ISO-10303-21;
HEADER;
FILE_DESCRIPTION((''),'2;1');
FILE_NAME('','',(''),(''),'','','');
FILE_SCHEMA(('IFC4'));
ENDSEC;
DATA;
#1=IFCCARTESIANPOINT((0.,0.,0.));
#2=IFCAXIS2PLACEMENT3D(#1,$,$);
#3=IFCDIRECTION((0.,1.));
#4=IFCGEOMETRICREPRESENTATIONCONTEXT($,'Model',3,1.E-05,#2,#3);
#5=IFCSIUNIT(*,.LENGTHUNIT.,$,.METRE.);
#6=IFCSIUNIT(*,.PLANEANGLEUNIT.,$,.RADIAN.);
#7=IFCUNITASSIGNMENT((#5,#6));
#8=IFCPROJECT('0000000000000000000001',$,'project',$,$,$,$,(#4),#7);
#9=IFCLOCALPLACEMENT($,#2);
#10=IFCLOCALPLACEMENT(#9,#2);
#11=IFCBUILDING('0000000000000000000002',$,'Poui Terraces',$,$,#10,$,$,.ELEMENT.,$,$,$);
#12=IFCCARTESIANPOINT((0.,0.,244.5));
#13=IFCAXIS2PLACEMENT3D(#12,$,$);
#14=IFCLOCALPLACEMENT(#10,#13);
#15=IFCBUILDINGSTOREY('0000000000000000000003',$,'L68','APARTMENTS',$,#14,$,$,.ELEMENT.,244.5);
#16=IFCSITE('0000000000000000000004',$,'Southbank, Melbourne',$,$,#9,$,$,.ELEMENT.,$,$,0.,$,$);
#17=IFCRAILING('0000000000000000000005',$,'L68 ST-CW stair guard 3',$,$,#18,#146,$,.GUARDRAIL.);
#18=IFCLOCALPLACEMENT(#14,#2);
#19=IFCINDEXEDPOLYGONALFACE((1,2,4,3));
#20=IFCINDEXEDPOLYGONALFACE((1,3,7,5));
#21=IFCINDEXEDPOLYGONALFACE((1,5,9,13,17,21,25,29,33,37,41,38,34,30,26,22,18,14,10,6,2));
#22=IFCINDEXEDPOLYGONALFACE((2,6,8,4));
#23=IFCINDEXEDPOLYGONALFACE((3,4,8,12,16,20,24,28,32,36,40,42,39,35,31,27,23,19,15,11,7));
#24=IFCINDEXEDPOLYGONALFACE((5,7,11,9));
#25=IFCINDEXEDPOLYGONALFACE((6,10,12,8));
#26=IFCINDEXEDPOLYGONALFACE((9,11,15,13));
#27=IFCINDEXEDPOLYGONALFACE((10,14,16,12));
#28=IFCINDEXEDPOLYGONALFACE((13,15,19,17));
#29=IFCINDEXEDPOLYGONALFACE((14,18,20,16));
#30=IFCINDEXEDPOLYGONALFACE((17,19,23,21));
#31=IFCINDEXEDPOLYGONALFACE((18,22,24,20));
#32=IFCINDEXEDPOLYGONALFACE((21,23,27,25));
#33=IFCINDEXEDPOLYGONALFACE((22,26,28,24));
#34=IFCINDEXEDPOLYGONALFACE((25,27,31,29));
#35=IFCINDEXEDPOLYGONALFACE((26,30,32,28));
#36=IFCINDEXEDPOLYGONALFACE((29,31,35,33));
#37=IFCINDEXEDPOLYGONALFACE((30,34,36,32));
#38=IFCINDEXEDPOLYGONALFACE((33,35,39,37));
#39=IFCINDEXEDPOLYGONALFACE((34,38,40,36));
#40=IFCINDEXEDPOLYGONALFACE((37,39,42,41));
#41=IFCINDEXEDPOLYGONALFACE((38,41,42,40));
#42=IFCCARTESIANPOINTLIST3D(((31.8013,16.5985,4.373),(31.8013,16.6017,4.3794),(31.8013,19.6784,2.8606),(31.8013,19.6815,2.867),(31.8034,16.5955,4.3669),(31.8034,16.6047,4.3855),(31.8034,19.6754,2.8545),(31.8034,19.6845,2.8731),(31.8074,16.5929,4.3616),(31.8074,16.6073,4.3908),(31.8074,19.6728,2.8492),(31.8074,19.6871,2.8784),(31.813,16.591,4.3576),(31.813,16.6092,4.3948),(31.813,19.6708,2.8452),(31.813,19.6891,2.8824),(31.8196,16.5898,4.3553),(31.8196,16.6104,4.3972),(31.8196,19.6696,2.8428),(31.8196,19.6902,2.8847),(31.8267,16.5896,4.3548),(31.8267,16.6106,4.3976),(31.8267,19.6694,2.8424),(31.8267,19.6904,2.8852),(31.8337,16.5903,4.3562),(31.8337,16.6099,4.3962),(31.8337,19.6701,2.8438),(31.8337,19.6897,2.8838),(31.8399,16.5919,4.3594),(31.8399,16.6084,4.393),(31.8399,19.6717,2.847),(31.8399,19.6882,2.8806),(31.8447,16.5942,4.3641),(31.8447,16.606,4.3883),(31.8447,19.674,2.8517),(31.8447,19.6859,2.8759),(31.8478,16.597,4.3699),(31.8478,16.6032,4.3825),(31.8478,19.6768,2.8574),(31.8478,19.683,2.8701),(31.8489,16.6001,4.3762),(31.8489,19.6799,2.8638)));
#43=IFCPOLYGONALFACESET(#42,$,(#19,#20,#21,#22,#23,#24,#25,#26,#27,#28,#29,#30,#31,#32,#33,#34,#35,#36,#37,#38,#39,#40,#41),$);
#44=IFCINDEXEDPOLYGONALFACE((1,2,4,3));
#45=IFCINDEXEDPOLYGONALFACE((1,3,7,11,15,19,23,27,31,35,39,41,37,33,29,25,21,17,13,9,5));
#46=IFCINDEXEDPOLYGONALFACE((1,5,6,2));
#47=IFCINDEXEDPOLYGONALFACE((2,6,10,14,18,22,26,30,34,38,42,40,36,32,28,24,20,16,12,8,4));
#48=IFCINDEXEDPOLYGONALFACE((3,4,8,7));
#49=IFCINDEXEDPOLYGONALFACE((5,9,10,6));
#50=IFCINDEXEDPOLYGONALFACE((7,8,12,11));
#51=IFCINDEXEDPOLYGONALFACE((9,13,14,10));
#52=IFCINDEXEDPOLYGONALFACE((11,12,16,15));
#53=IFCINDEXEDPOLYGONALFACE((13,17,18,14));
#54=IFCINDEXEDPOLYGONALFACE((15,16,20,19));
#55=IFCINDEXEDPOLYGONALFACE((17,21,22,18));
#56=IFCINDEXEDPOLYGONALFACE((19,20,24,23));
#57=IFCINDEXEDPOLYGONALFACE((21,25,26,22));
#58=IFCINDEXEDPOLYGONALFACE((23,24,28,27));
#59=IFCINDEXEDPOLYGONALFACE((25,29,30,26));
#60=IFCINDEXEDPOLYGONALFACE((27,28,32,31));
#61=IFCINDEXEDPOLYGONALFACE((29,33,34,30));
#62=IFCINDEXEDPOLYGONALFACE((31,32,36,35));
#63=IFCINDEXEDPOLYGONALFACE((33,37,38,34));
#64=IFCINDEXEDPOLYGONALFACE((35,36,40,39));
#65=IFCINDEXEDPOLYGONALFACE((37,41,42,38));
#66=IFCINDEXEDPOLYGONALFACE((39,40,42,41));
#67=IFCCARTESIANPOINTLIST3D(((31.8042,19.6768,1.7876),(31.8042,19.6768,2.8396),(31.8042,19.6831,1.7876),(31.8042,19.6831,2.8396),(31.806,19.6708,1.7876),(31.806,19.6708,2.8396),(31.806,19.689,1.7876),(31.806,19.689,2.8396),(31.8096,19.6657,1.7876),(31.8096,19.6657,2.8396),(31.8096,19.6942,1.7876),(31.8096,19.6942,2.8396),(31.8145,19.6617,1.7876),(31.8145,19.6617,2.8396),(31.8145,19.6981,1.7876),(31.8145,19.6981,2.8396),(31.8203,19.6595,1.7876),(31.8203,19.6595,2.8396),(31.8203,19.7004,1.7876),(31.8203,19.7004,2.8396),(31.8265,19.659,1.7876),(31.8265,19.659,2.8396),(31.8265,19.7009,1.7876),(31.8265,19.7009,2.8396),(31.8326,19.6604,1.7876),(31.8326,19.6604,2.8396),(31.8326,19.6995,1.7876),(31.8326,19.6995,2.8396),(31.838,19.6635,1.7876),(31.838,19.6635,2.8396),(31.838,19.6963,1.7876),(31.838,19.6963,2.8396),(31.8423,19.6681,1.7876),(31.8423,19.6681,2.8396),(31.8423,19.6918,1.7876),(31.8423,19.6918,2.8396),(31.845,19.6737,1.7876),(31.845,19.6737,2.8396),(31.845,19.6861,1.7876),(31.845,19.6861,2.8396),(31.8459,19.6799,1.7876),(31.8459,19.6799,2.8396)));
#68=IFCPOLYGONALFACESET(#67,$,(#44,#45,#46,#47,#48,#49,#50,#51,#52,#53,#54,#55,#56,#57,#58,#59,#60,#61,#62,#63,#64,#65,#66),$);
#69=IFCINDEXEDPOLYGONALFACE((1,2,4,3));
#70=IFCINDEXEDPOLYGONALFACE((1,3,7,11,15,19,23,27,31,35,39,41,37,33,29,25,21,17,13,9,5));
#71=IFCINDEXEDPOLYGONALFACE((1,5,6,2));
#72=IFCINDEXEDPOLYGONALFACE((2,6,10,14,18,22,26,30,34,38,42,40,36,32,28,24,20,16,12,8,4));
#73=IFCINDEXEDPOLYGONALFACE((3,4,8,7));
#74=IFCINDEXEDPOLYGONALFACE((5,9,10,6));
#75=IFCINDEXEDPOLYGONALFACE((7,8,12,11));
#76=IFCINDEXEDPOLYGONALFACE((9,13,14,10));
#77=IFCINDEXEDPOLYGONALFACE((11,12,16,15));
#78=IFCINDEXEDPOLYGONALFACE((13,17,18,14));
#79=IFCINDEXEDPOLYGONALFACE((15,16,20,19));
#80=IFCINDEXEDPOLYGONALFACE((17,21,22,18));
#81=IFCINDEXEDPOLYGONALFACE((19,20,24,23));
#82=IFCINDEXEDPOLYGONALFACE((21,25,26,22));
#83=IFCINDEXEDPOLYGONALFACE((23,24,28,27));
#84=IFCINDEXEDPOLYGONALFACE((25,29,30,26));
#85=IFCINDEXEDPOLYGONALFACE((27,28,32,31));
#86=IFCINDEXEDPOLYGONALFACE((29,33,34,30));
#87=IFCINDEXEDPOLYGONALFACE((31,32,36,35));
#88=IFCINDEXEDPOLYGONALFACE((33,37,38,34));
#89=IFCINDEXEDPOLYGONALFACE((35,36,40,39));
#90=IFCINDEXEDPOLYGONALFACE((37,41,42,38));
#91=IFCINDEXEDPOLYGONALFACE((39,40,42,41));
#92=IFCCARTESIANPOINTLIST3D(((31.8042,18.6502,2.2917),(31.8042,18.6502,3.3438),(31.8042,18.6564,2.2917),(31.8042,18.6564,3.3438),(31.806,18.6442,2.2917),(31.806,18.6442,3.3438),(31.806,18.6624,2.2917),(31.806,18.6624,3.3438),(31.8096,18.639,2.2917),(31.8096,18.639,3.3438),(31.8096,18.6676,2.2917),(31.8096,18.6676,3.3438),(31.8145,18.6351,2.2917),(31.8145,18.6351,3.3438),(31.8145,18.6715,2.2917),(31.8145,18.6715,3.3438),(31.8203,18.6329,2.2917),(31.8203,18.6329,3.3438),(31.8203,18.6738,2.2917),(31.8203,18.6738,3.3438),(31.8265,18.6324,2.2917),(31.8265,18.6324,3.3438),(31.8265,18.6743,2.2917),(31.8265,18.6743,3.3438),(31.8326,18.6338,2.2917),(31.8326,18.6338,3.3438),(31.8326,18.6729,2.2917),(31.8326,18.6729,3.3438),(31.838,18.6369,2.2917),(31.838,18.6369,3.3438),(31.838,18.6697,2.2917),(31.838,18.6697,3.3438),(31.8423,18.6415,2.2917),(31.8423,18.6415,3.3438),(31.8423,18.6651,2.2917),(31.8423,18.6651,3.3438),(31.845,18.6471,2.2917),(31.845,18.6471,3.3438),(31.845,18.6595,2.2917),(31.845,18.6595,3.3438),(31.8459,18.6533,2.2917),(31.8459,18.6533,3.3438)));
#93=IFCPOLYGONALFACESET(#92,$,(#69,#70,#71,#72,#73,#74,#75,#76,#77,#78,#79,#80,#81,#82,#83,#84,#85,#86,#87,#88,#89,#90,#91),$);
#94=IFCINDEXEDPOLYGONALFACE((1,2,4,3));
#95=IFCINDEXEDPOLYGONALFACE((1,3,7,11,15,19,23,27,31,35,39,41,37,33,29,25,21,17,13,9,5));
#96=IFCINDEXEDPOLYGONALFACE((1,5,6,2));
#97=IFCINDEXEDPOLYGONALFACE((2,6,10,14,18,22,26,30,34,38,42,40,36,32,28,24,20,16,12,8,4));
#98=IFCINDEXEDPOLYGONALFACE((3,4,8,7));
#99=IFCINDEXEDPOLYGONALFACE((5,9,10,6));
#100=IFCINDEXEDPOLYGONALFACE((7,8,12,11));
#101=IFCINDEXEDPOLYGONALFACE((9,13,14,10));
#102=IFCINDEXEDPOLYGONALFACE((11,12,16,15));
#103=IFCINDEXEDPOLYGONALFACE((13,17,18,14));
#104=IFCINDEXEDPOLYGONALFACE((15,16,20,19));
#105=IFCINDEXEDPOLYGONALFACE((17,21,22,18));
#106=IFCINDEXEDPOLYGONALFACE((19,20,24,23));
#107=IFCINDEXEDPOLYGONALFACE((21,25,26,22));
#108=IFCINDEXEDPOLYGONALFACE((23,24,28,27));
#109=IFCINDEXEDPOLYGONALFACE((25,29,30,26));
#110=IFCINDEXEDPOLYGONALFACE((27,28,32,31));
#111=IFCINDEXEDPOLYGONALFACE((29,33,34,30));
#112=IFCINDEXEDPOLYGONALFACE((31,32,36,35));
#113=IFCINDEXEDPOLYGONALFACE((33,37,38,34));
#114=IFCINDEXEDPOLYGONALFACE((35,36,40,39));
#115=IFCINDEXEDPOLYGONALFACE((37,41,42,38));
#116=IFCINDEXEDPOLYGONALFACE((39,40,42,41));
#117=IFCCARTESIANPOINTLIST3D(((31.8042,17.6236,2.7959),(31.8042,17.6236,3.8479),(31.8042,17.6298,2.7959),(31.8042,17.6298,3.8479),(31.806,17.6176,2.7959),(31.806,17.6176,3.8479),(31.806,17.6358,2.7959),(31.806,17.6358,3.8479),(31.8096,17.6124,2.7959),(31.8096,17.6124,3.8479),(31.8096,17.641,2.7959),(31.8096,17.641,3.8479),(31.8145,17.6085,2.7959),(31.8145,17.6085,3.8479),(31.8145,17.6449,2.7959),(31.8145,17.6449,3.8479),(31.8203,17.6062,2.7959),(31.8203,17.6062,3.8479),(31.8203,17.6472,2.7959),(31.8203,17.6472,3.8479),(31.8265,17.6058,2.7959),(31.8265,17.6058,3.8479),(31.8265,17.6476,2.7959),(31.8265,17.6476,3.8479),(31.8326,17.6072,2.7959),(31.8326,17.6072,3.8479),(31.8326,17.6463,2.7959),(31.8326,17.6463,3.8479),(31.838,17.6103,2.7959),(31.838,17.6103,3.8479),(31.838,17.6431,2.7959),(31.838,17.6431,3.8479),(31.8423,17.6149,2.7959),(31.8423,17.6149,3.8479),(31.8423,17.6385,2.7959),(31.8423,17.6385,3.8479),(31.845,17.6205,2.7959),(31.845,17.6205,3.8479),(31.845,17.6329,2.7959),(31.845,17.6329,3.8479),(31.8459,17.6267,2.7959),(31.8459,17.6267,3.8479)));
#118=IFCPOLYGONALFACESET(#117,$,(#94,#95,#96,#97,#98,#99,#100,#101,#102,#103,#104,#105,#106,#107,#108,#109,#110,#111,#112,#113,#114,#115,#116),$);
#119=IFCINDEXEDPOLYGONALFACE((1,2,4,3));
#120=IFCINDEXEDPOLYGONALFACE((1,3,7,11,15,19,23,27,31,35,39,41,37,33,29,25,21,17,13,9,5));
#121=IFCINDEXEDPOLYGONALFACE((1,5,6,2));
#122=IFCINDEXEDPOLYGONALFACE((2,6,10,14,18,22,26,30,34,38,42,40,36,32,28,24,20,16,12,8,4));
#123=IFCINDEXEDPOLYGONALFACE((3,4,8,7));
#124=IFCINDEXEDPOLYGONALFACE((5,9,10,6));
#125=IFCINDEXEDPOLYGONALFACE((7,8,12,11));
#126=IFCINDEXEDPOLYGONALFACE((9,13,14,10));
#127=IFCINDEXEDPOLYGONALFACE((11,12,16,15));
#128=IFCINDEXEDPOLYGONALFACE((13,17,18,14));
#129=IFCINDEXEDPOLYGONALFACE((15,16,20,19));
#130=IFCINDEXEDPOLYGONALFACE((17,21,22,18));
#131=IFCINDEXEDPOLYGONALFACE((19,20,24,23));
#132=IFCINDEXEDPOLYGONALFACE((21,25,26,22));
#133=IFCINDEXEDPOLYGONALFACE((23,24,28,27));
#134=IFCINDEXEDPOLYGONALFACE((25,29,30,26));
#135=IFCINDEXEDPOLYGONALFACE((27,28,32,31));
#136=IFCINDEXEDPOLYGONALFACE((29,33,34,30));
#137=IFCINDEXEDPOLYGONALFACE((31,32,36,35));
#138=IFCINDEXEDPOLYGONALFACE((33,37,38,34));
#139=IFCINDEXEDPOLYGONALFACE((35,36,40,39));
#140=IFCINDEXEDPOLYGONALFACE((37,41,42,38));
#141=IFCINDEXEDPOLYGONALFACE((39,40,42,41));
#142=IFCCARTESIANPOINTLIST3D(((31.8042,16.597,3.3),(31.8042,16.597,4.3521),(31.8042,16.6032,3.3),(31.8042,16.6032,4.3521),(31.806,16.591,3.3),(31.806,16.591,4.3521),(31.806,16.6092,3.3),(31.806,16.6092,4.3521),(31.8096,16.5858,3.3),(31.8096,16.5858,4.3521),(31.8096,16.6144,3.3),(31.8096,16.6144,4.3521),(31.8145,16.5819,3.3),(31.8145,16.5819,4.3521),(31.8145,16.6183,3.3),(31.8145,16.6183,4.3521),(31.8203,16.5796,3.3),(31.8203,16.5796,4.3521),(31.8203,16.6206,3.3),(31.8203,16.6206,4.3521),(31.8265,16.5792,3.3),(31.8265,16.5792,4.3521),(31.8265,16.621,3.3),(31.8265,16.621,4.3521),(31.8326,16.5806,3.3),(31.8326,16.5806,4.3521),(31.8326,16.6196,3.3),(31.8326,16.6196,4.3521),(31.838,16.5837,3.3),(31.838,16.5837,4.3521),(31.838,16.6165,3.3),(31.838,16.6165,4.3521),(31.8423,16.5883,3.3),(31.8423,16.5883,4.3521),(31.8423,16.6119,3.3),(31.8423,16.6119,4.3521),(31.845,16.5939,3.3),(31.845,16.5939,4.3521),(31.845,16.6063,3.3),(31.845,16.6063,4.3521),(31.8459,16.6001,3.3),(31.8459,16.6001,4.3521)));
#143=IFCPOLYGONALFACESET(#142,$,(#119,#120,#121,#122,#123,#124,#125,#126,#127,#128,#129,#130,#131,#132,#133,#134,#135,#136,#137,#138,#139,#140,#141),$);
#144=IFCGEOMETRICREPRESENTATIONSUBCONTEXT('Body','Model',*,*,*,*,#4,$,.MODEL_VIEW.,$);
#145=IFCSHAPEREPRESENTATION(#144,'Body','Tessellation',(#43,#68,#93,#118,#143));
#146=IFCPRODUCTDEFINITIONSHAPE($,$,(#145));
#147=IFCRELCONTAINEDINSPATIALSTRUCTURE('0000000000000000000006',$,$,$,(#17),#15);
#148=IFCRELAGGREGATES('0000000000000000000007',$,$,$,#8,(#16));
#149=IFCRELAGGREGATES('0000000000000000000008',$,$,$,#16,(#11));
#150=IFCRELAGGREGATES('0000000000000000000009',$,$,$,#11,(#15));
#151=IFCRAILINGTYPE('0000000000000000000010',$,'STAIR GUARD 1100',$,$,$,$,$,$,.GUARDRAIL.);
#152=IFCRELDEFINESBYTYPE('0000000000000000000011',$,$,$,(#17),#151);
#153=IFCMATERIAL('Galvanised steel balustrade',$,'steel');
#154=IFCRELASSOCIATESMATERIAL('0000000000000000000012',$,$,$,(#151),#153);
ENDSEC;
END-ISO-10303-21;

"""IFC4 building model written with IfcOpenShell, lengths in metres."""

from ifc_helpers import new_model, si_unit, direction, frame, origin, origin_2d, place, context, subcontext, project, spatial, circle, extrude, material, type_object, element, save


model = new_model("IFC4")

# Units and contexts
model_context = context("Model", 3, precision=1e-05, world=origin(), true_north=direction((0.0, 1.0)))
body_context = subcontext(model_context, "Body", "Model", "MODEL_VIEW")
ifc_project = project(units=[si_unit("LENGTHUNIT", "METRE"), si_unit("PLANEANGLEUNIT", "RADIAN")], contexts=[model_context])

# Site, building, storey
site_placement = place(None, origin())
site = spatial("IfcSite", under=ifc_project, at=site_placement, Name="Southbank, Melbourne", CompositionType="ELEMENT", RefElevation=0.0)
building_placement = place(site_placement, origin())
building = spatial("IfcBuilding", under=site, at=building_placement, Name="Poui Terraces", CompositionType="ELEMENT")
storey_placement = place(building_placement, frame((0.0, 0.0, 244.5)))
storey = spatial("IfcBuildingStorey", under=building, at=storey_placement, Name="L68", Description="APARTMENTS", CompositionType="ELEMENT", Elevation=244.5)

# Railing
ifc_material_1 = material(Name="Galvanised steel balustrade", Category="steel")
railing_type = type_object("IfcRailingType", Name="STAIR GUARD 1100", PredefinedType="GUARDRAIL", material=ifc_material_1)
railing_1_placement = place(storey_placement, frame((31.825, 19.6799, 1.7876)))
element("IfcRailing", 1, at=railing_1_placement, inside=storey, type_object=railing_type, Name="L68 ST-CW stair guard 3", PredefinedType="GUARDRAIL", context=body_context, shape_type="SweptSolid", body=[
    extrude(circle(Radius=0.0239, at=origin_2d()), frame((0.0, 0.0, 1.0762), z_axis=(0.0, -0.897606, 0.440798), x_axis=(1.0, 0.0, 0.0)), (0.0, 0.0, 1.0), 3.4312),
    extrude(circle(Radius=0.021, at=origin_2d()), origin(), (0.0, 0.0, 1.0), 1.052),
    extrude(circle(Radius=0.021, at=origin_2d()), frame((0.0, -1.0266, 0.5042)), (0.0, 0.0, 1.0), 1.052),
    extrude(circle(Radius=0.021, at=origin_2d()), frame((0.0, -2.0532, 1.0083)), (0.0, 0.0, 1.0), 1.052),
    extrude(circle(Radius=0.021, at=origin_2d()), frame((0.0, -3.0798, 1.5125)), (0.0, 0.0, 1.0), 1.052),
])

save(model, "model.ifc")
